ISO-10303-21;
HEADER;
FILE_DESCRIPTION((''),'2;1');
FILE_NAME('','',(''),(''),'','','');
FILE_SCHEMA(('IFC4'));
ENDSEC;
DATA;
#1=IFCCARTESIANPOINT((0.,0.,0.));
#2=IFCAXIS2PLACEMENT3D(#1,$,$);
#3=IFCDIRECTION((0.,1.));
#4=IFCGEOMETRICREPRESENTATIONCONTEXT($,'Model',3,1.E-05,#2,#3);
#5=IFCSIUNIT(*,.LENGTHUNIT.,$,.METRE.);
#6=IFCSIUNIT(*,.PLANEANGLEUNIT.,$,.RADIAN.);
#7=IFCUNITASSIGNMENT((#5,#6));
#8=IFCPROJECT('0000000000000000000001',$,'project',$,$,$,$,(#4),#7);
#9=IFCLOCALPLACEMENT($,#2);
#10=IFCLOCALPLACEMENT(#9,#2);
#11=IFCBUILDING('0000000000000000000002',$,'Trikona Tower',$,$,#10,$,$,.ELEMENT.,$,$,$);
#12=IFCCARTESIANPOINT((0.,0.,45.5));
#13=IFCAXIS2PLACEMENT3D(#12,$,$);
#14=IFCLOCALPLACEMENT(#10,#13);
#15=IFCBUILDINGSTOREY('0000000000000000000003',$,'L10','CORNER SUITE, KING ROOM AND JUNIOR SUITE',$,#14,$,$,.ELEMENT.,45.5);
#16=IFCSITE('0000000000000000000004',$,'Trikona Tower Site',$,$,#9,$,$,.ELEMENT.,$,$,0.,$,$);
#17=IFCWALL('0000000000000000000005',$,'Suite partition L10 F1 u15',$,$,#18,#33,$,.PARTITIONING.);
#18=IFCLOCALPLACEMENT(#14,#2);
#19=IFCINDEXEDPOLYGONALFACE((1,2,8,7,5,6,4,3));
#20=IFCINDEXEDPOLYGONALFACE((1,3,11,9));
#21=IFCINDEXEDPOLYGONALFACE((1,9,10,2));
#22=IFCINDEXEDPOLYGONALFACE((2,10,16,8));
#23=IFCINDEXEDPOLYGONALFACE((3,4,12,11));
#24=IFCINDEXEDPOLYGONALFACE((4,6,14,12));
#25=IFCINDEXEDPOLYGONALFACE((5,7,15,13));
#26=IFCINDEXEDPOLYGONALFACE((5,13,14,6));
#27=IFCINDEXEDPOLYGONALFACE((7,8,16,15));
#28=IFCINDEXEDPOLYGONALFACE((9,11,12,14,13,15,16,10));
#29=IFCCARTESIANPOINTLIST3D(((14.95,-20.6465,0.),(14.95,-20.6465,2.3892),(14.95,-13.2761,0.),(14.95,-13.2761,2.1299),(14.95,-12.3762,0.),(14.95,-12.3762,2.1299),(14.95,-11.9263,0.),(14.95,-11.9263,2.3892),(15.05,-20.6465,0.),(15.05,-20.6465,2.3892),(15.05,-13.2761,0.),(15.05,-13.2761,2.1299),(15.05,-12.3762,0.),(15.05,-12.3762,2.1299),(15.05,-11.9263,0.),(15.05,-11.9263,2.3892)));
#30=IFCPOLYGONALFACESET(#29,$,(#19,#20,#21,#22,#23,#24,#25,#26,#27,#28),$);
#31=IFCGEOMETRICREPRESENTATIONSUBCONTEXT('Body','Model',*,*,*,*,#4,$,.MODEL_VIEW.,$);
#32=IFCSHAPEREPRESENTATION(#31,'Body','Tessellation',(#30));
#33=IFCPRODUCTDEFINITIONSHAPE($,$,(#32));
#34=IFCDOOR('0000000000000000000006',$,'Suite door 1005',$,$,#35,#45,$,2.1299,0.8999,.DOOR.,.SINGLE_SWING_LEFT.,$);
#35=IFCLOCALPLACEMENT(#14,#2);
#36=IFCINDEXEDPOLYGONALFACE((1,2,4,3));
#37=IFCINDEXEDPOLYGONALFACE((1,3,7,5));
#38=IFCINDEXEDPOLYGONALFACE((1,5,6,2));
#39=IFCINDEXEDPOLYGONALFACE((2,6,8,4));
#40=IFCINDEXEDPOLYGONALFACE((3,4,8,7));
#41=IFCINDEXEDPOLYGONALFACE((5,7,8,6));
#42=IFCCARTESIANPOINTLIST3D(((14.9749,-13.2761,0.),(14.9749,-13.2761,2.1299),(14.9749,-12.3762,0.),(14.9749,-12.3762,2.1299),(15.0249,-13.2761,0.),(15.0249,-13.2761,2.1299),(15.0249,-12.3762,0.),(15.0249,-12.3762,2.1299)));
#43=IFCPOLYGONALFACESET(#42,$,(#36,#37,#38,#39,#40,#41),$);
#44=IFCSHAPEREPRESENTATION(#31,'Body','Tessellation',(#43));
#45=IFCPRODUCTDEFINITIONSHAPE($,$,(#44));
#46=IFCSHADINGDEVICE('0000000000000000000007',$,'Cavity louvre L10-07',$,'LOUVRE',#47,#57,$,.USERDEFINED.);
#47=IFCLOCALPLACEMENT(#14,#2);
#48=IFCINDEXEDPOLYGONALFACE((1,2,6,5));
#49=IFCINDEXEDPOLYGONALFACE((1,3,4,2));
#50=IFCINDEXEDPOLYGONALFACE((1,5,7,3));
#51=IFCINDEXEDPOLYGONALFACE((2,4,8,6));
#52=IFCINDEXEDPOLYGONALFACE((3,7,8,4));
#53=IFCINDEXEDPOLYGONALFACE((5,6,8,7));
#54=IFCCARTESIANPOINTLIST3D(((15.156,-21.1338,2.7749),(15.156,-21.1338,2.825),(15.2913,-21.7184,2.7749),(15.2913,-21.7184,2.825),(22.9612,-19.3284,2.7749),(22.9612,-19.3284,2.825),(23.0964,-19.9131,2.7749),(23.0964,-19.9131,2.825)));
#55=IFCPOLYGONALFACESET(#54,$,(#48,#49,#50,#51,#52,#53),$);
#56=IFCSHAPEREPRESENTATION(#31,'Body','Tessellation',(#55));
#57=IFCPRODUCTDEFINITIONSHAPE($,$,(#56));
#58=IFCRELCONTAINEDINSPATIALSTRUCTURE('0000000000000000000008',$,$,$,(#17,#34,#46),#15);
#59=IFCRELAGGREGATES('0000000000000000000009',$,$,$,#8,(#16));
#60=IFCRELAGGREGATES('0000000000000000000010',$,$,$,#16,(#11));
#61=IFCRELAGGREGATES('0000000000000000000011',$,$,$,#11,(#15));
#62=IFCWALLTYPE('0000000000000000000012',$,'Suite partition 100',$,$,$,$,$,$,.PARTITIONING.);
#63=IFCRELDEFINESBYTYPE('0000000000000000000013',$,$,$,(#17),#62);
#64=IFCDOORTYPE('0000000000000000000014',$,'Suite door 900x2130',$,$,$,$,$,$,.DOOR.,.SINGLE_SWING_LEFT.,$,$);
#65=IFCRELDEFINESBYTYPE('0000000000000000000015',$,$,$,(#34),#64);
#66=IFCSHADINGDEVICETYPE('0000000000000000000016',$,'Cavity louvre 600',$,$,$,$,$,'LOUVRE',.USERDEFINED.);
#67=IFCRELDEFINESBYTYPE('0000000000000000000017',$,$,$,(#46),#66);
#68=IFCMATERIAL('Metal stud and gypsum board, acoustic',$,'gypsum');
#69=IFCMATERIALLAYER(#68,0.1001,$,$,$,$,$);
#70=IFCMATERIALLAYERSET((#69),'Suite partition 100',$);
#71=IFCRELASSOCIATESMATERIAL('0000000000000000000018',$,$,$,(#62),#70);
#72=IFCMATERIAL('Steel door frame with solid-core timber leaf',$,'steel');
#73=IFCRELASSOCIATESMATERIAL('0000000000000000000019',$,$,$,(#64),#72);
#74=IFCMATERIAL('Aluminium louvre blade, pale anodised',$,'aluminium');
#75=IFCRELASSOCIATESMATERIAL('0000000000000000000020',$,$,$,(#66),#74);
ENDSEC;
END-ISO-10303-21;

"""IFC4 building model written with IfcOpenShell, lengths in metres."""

from ifc_helpers import new_model, si_unit, direction, frame, frame_2d, origin, origin_2d, place, context, subcontext, project, spatial, rectangle, extrude, material, layer, layer_set, type_object, element, fill, save


model = new_model("IFC4")

# Units and contexts
model_context = context("Model", 3, precision=1e-05, world=origin(), true_north=direction((0.0, 1.0)))
body_context = subcontext(model_context, "Body", "Model", "MODEL_VIEW")
ifc_project = project(units=[si_unit("LENGTHUNIT", "METRE"), si_unit("PLANEANGLEUNIT", "RADIAN")], contexts=[model_context])

# Site, building, storey
site_placement = place(None, origin())
site = spatial("IfcSite", under=ifc_project, at=site_placement, Name="Trikona Tower Site", CompositionType="ELEMENT", RefElevation=0.0)
building_placement = place(site_placement, origin())
building = spatial("IfcBuilding", under=site, at=building_placement, Name="Trikona Tower", CompositionType="ELEMENT")
storey_placement = place(building_placement, frame((0.0, 0.0, 45.5)))
storey = spatial("IfcBuildingStorey", under=building, at=storey_placement, Name="L10", Description="CORNER SUITE, KING ROOM AND JUNIOR SUITE", CompositionType="ELEMENT", Elevation=45.5)

# Wall, opening, door
ifc_material_1 = material(Name="Metal stud and gypsum board, acoustic", Category="gypsum")
ifc_layer_1 = layer(ifc_material_1, 0.1001)
ifc_layer_set_1 = layer_set([ifc_layer_1], Name="Suite partition 100")
wall_type = type_object("IfcWallType", Name="Suite partition 100", PredefinedType="PARTITIONING", material=ifc_layer_set_1)
wall_placement = place(storey_placement, frame((15.0, -11.9263, 0.0), z_axis=(0.0, 0.0, 1.0), x_axis=(0.0, -1.0, 0.0)))
wall = element("IfcWall", 1, at=wall_placement, inside=storey, type_object=wall_type, Name="Suite partition L10 F1 u15", PredefinedType="PARTITIONING", context=body_context, shape_type="SweptSolid", body=[
    extrude(rectangle(XDim=8.7202, YDim=0.1001, at=frame_2d((4.3601, 0.0))), origin(), (0.0, 0.0, 1.0), 2.3892),
])
opening_placement = place(wall_placement, frame((0.45, 0.0, 0.0)))
opening = element("IfcOpeningElement", 2, at=opening_placement, cuts=wall, PredefinedType="OPENING", context=body_context, shape_type="SweptSolid", body=[
    extrude(rectangle(XDim=0.8999, YDim=2.1299, at=frame_2d((0.45, 1.0649))), frame((0.0, 0.0601, 0.0), z_axis=(0.0, -1.0, 0.0), x_axis=(1.0, 0.0, 0.0)), (0.0, 0.0, 1.0), 0.1201),
])
ifc_material_2 = material(Name="Steel door frame with solid-core timber leaf", Category="steel")
door_type = type_object("IfcDoorType", Name="Suite door 900x2130", OperationType="SINGLE_SWING_LEFT", PredefinedType="DOOR", material=ifc_material_2)
door_placement = place(opening_placement, origin())
door = element("IfcDoor", 3, at=door_placement, inside=storey, type_object=door_type, Name="Suite door 1005", OperationType="SINGLE_SWING_LEFT", OverallHeight=2.1299, OverallWidth=0.8999, PredefinedType="DOOR", context=body_context, shape_type="SweptSolid", body=[
    extrude(rectangle(XDim=0.8999, YDim=2.1299, at=frame_2d((0.45, 1.0649))), frame((0.0, 0.0249, 0.0), z_axis=(0.0, -1.0, 0.0), x_axis=(1.0, 0.0, 0.0)), (0.0, 0.0, 1.0), 0.05),
])
fill(opening, door)

# Shading device
ifc_material_3 = material(Name="Aluminium louvre blade, pale anodised", Category="aluminium")
shading_device_type = type_object("IfcShadingDeviceType", Name="Cavity louvre 600", ElementType="LOUVRE", PredefinedType="USERDEFINED", material=ifc_material_3)
shading_device_placement = place(storey_placement, frame((19.1262, -20.5234, 2.7749), z_axis=(0.0, 0.0, 1.0), x_axis=(0.974278, 0.225351, 0.0)))
element("IfcShadingDevice", 4, at=shading_device_placement, inside=storey, type_object=shading_device_type, Name="Cavity louvre L10-07", ObjectType="LOUVRE", PredefinedType="USERDEFINED", context=body_context, shape_type="SweptSolid", body=[
    extrude(rectangle(XDim=8.0112, YDim=0.6001, at=origin_2d()), origin(), (0.0, 0.0, 1.0), 0.05),
])

save(model, "model.ifc")
